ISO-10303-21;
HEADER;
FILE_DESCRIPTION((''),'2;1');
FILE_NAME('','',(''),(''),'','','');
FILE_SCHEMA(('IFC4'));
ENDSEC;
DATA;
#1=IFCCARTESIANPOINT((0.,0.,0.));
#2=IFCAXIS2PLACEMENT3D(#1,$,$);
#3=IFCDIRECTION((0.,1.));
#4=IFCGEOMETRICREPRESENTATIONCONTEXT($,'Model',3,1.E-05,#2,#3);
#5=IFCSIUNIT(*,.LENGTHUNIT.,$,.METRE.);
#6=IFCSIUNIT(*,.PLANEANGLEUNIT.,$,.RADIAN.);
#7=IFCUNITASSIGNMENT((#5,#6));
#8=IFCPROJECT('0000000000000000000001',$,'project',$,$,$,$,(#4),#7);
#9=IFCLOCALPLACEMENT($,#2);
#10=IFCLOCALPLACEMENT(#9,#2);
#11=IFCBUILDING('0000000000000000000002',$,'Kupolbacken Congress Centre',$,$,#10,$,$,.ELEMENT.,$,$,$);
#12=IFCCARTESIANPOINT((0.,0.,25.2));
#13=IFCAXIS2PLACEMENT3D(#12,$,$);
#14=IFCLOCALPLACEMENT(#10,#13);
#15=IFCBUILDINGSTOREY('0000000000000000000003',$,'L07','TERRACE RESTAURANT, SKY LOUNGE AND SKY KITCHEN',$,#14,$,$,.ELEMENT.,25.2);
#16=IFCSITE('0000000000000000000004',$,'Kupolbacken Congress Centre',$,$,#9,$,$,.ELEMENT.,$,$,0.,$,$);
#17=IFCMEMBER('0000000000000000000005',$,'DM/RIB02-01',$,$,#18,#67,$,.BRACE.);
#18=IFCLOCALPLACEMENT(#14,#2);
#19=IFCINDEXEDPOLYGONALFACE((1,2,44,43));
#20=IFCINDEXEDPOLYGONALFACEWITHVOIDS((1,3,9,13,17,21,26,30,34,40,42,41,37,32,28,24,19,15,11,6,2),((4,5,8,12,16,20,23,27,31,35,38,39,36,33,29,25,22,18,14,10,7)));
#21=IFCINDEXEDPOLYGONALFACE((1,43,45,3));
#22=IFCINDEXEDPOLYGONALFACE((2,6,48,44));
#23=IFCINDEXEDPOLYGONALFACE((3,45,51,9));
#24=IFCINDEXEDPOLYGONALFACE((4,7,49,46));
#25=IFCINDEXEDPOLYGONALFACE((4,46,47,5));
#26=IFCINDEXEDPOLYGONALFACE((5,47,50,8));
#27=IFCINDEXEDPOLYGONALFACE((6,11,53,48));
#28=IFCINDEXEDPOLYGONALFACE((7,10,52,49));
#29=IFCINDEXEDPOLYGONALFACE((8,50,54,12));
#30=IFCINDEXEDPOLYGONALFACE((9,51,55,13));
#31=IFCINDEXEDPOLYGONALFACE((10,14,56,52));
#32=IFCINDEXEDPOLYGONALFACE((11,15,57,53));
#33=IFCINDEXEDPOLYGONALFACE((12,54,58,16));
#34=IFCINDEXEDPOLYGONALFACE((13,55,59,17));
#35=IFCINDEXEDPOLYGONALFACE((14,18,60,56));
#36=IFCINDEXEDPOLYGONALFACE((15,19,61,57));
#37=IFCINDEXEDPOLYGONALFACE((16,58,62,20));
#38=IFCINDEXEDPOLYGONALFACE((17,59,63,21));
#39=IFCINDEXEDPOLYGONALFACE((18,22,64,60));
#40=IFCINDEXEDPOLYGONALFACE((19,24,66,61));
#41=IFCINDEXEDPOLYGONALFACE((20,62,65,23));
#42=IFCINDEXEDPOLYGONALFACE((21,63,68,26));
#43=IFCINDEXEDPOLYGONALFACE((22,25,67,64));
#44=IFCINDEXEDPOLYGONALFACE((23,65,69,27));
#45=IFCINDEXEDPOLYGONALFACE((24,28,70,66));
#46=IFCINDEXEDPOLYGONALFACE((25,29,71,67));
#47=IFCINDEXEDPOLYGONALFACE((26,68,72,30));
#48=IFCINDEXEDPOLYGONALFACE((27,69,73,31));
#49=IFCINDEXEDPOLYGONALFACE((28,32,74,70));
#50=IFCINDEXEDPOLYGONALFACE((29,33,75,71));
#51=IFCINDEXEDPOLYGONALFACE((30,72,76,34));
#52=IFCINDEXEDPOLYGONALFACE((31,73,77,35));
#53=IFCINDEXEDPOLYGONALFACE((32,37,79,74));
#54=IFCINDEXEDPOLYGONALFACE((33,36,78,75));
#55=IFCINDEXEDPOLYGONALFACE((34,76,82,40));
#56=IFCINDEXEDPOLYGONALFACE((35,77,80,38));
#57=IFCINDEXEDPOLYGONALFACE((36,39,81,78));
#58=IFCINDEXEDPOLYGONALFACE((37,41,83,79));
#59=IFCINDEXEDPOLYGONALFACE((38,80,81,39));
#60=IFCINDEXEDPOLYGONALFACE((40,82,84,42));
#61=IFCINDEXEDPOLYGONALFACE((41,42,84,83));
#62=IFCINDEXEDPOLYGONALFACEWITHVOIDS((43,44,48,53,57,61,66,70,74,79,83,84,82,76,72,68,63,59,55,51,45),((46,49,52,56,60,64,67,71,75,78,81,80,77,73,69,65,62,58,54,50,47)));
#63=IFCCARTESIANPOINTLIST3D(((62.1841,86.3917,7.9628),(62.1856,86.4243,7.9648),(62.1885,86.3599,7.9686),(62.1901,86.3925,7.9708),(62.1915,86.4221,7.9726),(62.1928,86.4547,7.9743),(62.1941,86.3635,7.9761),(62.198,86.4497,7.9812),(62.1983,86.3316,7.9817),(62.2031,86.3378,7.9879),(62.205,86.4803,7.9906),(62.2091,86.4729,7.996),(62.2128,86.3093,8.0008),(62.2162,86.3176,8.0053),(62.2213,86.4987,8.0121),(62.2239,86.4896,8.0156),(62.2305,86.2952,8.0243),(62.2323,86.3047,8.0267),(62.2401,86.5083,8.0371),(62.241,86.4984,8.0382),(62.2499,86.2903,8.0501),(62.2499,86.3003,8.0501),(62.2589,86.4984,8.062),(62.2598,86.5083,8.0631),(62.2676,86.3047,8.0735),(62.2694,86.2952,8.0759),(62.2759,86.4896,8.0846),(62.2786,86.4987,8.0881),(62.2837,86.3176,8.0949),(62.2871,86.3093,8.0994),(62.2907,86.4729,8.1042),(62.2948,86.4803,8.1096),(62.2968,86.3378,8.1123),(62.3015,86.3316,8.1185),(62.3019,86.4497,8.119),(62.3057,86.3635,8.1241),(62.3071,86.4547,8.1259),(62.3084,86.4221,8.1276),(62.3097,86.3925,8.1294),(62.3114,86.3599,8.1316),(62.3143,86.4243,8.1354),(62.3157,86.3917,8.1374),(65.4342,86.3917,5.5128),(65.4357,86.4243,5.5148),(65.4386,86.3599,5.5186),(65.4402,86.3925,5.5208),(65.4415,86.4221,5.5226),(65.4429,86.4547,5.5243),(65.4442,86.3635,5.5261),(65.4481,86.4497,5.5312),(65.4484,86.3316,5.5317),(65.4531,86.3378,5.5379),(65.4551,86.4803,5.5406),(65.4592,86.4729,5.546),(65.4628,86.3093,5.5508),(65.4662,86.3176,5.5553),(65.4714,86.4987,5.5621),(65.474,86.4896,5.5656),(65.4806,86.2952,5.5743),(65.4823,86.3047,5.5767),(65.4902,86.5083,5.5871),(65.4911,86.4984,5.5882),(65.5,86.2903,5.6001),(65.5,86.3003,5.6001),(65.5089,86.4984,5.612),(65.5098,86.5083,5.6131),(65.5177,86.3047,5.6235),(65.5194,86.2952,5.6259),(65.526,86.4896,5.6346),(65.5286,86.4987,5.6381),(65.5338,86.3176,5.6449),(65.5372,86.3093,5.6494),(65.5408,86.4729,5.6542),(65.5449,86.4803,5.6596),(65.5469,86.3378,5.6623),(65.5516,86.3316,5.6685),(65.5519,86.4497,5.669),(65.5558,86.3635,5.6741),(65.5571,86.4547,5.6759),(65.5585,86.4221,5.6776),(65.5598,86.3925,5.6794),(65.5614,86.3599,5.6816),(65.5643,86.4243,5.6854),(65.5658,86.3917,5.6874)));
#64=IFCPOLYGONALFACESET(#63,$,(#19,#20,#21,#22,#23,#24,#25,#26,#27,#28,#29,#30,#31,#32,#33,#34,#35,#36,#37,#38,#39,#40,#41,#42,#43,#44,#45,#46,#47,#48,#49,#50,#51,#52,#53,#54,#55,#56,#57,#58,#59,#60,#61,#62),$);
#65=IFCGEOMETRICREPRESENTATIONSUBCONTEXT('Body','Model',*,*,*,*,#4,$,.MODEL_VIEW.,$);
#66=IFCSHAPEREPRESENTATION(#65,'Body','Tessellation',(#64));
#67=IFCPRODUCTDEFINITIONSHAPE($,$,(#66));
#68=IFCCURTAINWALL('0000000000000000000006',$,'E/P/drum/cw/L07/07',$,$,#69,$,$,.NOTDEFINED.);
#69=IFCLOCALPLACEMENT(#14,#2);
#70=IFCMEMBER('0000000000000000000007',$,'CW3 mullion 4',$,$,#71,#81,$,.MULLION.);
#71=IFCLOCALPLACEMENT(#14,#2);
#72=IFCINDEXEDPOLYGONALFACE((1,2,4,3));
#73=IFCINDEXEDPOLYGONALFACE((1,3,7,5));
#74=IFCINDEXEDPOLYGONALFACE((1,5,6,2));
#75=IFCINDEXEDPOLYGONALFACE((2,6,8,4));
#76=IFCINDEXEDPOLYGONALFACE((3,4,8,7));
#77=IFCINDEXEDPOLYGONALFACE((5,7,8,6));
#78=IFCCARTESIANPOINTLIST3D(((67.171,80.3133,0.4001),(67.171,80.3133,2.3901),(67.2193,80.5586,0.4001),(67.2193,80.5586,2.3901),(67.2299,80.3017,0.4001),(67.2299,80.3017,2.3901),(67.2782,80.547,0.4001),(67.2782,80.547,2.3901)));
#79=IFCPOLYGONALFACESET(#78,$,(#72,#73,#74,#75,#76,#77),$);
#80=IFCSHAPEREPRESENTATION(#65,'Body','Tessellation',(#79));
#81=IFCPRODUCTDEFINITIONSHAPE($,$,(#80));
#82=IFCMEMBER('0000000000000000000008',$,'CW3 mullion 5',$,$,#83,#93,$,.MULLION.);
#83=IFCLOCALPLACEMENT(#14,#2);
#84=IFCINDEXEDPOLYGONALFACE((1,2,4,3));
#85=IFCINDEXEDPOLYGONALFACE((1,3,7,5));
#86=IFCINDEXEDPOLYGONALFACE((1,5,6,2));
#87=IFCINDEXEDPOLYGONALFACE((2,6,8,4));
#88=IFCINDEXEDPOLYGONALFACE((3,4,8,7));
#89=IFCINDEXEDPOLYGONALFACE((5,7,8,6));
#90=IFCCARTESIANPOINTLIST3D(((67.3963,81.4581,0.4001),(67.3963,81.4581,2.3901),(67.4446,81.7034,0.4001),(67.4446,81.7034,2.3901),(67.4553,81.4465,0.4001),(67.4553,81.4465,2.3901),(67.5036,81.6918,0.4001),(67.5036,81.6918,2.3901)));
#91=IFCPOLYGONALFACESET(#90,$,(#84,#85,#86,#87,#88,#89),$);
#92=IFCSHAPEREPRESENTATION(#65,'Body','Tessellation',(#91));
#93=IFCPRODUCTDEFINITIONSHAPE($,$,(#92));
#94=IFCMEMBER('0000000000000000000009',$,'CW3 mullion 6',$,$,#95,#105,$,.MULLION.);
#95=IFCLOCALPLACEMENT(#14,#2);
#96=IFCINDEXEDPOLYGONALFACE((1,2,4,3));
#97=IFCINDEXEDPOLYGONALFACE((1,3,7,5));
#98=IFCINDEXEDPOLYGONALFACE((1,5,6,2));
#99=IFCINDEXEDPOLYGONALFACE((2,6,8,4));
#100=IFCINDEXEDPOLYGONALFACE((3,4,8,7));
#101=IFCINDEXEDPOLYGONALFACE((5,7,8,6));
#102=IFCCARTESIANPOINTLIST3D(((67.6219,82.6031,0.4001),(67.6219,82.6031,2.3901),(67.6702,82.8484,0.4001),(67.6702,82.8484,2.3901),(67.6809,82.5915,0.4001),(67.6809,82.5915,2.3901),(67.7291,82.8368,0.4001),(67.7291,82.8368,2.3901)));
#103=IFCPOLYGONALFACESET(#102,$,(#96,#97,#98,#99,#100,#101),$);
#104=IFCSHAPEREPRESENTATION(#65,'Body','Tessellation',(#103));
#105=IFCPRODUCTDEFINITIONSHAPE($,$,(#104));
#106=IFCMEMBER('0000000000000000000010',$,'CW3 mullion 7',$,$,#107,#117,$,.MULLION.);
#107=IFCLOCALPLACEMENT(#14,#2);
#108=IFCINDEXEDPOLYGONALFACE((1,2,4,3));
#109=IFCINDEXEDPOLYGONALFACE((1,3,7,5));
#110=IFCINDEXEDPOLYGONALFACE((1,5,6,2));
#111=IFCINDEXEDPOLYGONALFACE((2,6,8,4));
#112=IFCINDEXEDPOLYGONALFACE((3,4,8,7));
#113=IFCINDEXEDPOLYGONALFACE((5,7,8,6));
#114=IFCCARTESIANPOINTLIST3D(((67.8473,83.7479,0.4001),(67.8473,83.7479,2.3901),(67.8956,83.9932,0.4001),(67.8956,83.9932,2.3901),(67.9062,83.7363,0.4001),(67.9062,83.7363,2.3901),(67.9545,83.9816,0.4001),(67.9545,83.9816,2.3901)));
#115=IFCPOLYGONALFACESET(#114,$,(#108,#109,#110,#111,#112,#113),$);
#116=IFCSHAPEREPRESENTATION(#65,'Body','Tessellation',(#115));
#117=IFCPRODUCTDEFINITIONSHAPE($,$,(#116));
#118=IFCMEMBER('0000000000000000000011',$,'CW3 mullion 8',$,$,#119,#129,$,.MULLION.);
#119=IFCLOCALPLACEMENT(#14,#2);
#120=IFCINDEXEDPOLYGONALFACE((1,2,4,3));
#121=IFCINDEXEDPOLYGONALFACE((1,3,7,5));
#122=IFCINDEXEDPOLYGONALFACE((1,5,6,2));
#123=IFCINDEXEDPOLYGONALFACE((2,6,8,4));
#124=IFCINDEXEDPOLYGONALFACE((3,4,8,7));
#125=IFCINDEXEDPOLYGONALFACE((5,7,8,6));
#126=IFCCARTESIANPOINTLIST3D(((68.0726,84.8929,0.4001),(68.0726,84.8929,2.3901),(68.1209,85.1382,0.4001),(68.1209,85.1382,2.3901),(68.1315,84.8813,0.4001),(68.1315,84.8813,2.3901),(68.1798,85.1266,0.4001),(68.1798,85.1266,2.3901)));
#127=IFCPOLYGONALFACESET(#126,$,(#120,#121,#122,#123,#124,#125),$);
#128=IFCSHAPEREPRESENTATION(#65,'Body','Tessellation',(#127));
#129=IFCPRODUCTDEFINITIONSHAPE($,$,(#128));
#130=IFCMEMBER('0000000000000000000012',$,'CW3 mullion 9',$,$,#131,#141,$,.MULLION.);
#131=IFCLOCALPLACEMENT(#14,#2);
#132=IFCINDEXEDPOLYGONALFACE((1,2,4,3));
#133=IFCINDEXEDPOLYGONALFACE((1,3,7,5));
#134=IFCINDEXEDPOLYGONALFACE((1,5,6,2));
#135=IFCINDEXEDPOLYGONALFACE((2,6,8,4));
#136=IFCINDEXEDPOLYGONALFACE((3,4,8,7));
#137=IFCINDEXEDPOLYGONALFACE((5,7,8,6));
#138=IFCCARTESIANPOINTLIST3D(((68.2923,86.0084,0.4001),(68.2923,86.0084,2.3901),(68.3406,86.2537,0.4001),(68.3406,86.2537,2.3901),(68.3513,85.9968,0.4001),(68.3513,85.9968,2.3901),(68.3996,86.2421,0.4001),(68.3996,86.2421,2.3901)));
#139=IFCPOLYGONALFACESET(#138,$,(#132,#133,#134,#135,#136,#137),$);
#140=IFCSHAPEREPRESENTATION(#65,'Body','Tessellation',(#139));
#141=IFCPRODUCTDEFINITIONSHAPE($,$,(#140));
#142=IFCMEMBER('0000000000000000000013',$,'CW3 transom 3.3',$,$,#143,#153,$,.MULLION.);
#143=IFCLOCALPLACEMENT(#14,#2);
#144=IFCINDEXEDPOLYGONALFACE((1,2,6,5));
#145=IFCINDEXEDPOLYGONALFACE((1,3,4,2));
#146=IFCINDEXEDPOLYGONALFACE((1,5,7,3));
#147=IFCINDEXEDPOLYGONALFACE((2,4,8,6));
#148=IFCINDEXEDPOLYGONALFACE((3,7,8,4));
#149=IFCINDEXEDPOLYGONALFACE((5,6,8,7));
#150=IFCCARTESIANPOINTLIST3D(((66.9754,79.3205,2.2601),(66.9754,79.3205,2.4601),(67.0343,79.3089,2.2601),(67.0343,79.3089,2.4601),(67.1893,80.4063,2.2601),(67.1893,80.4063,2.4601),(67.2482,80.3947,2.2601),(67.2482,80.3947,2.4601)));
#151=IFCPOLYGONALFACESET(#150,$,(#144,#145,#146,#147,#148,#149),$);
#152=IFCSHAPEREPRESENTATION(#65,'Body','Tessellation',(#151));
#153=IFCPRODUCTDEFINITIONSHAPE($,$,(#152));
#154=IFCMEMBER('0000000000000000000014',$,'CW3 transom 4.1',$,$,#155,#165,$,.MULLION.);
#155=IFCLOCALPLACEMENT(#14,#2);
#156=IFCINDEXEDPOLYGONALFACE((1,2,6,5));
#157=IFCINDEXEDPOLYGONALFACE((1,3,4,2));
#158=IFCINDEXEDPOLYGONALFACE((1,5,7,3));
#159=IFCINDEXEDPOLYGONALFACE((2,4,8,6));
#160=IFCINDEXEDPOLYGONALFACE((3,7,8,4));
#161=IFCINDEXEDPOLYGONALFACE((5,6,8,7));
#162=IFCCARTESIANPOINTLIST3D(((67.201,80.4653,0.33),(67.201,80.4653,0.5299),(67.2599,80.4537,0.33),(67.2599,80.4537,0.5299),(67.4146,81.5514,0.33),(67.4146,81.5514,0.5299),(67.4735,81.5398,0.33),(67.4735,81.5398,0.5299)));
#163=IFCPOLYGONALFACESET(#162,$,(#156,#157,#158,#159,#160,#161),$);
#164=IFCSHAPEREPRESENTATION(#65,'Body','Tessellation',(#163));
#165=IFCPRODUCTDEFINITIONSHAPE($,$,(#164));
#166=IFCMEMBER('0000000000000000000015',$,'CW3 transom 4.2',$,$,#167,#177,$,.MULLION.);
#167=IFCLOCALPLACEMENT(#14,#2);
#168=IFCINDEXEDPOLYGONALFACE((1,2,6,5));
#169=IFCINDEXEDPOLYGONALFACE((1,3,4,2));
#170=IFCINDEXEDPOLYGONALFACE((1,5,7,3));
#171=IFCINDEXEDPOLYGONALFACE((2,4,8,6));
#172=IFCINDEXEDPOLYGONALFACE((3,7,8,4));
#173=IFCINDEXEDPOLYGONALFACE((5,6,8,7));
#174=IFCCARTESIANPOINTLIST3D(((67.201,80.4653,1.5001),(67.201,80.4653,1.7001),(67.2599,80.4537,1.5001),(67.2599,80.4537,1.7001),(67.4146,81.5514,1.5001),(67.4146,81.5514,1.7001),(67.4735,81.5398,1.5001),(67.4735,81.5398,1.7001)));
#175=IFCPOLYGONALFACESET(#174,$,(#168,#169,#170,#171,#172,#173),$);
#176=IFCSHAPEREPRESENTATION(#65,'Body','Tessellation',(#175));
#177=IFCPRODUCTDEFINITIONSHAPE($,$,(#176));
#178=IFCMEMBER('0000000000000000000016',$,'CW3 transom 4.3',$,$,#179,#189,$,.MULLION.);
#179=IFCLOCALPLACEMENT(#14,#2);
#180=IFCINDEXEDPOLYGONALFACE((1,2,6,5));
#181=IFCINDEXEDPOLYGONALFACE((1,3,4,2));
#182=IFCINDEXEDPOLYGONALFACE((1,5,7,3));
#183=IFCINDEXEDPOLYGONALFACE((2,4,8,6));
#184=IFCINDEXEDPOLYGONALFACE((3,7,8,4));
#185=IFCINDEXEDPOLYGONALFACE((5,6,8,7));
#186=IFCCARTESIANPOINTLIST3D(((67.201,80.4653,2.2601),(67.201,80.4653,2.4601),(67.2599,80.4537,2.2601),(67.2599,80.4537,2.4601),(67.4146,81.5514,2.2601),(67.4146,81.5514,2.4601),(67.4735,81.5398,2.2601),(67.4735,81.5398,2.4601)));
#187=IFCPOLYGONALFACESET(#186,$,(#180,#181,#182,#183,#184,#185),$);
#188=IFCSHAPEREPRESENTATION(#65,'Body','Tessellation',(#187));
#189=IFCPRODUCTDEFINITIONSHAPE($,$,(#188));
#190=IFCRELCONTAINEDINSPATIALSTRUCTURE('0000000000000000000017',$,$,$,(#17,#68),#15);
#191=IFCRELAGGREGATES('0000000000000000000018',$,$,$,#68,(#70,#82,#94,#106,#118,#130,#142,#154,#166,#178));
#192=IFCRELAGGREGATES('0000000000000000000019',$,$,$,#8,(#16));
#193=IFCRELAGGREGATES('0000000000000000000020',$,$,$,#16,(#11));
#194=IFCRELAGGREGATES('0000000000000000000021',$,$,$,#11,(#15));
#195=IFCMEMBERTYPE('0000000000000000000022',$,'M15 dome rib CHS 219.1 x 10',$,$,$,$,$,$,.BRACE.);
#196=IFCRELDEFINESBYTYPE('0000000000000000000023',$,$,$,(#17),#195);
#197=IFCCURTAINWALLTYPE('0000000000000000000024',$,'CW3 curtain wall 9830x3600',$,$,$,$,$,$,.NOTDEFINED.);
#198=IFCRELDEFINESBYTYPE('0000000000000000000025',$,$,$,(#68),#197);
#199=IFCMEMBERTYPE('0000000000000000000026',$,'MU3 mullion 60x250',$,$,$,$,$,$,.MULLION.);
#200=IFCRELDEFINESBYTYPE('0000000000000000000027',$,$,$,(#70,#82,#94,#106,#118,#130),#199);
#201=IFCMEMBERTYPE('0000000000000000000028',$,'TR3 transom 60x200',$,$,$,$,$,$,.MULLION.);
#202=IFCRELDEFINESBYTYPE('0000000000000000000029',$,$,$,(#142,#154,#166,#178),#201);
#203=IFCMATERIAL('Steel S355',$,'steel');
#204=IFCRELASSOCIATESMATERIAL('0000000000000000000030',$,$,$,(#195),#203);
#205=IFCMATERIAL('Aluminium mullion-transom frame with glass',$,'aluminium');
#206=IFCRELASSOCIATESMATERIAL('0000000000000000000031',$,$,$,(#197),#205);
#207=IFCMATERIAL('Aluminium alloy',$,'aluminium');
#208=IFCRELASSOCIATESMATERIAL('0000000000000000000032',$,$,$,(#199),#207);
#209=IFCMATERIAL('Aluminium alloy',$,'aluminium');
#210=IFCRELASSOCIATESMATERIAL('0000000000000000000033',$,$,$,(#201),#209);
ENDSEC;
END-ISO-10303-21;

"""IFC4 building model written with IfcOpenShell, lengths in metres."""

from ifc_helpers import new_model, si_unit, direction, frame, origin, origin_2d, place, context, subcontext, project, spatial, rectangle, hollow_circle, extrude, material, material_profile, profile_set, type_object, element, aggregate, save


model = new_model("IFC4")

# Units and contexts
model_context = context("Model", 3, precision=1e-05, world=origin(), true_north=direction((0.0, 1.0)))
body_context = subcontext(model_context, "Body", "Model", "MODEL_VIEW")
ifc_project = project(units=[si_unit("LENGTHUNIT", "METRE"), si_unit("PLANEANGLEUNIT", "RADIAN")], contexts=[model_context])

# Site, building, storey
site_placement = place(None, origin())
site = spatial("IfcSite", under=ifc_project, at=site_placement, Name="Kupolbacken Congress Centre", CompositionType="ELEMENT", RefElevation=0.0)
building_placement = place(site_placement, origin())
building = spatial("IfcBuilding", under=site, at=building_placement, Name="Kupolbacken Congress Centre", CompositionType="ELEMENT")
storey_placement = place(building_placement, frame((0.0, 0.0, 25.2)))
storey = spatial("IfcBuildingStorey", under=building, at=storey_placement, Name="L07", Description="TERRACE RESTAURANT, SKY LOUNGE AND SKY KITCHEN", CompositionType="ELEMENT", Elevation=25.2)

# Member
ifc_material_1 = material(Name="Steel S355", Category="steel")
ifc_material_profile_1 = material_profile(ifc_material_1, hollow_circle(Radius=0.1096, WallThickness=0.01, at=origin_2d()), Name="CHS 219.1 x 10")
ifc_profile_set_1 = profile_set([ifc_material_profile_1], Name="Steel S355")
member_type_1 = type_object("IfcMemberType", Name="M15 dome rib CHS 219.1 x 10", PredefinedType="BRACE", material=ifc_profile_set_1)
member_1_placement = place(storey_placement, frame((65.5, 86.3999, 5.6001), z_axis=(-0.798529, 0.0, 0.601956), x_axis=(0.0, -1.0, 0.0)))
element("IfcMember", 1, at=member_1_placement, inside=storey, type_object=member_type_1, Name="DM/RIB02-01", PredefinedType="BRACE", context=body_context, shape_type="SweptSolid", body=[
    extrude(hollow_circle(Radius=0.1096, WallThickness=0.01, at=origin_2d()), origin(), (0.0, 0.0, 1.0), 4.0701),
])

# Curtain wall, members
ifc_material_2 = material(Name="Aluminium mullion-transom frame with glass", Category="aluminium")
curtain_wall_type = type_object("IfcCurtainWallType", Name="CW3 curtain wall 9830x3600", PredefinedType="NOTDEFINED", material=ifc_material_2)
curtain_wall_placement = place(storey_placement, origin())
curtain_wall = element("IfcCurtainWall", 2, at=curtain_wall_placement, inside=storey, type_object=curtain_wall_type, Name="E/P/drum/cw/L07/07", PredefinedType="NOTDEFINED")
ifc_material_3 = material(Name="Aluminium alloy", Category="aluminium")
ifc_material_profile_2 = material_profile(ifc_material_3, rectangle(XDim=0.0601, YDim=0.25, at=origin_2d()), Name="60 x 250")
ifc_profile_set_2 = profile_set([ifc_material_profile_2], Name="Aluminium alloy")
member_type_2 = type_object("IfcMemberType", Name="MU3 mullion 60x250", PredefinedType="MULLION", material=ifc_profile_set_2)
member_2_placement = place(storey_placement, frame((67.2246, 80.4302, 0.4001), z_axis=(0.0, 0.0, 1.0), x_axis=(-0.981163, 0.193182, 0.0)))
member_2 = element("IfcMember", 3, at=member_2_placement, type_object=member_type_2, Name="CW3 mullion 4", PredefinedType="MULLION", context=body_context, shape_type="SweptSolid", body=[
    extrude(rectangle(XDim=0.0601, YDim=0.25, at=origin_2d()), origin(), (0.0, 0.0, 1.0), 1.99),
])
member_3_placement = place(storey_placement, frame((67.45, 81.575, 0.4001), z_axis=(0.0, 0.0, 1.0), x_axis=(-0.981163, 0.193182, 0.0)))
member_3 = element("IfcMember", 4, at=member_3_placement, type_object=member_type_2, Name="CW3 mullion 5", PredefinedType="MULLION", context=body_context, shape_type="SweptSolid", body=[
    extrude(rectangle(XDim=0.0601, YDim=0.25, at=origin_2d()), origin(), (0.0, 0.0, 1.0), 1.99),
])
member_4_placement = place(storey_placement, frame((67.6755, 82.72, 0.4001), z_axis=(0.0, 0.0, 1.0), x_axis=(-0.981163, 0.193182, 0.0)))
member_4 = element("IfcMember", 5, at=member_4_placement, type_object=member_type_2, Name="CW3 mullion 6", PredefinedType="MULLION", context=body_context, shape_type="SweptSolid", body=[
    extrude(rectangle(XDim=0.0601, YDim=0.25, at=origin_2d()), origin(), (0.0, 0.0, 1.0), 1.99),
])
member_5_placement = place(storey_placement, frame((67.9009, 83.8647, 0.4001), z_axis=(0.0, 0.0, 1.0), x_axis=(-0.981163, 0.193182, 0.0)))
member_5 = element("IfcMember", 6, at=member_5_placement, type_object=member_type_2, Name="CW3 mullion 7", PredefinedType="MULLION", context=body_context, shape_type="SweptSolid", body=[
    extrude(rectangle(XDim=0.0601, YDim=0.25, at=origin_2d()), origin(), (0.0, 0.0, 1.0), 1.99),
])
member_6_placement = place(storey_placement, frame((68.1262, 85.0098, 0.4001), z_axis=(0.0, 0.0, 1.0), x_axis=(-0.981163, 0.193182, 0.0)))
member_6 = element("IfcMember", 7, at=member_6_placement, type_object=member_type_2, Name="CW3 mullion 8", PredefinedType="MULLION", context=body_context, shape_type="SweptSolid", body=[
    extrude(rectangle(XDim=0.0601, YDim=0.25, at=origin_2d()), origin(), (0.0, 0.0, 1.0), 1.99),
])
member_7_placement = place(storey_placement, frame((68.3459, 86.1252, 0.4001), z_axis=(0.0, 0.0, 1.0), x_axis=(-0.981163, 0.193182, 0.0)))
member_7 = element("IfcMember", 8, at=member_7_placement, type_object=member_type_2, Name="CW3 mullion 9", PredefinedType="MULLION", context=body_context, shape_type="SweptSolid", body=[
    extrude(rectangle(XDim=0.0601, YDim=0.25, at=origin_2d()), origin(), (0.0, 0.0, 1.0), 1.99),
])
ifc_material_4 = material(Name="Aluminium alloy", Category="aluminium")
ifc_material_profile_3 = material_profile(ifc_material_4, rectangle(XDim=0.0601, YDim=0.2, at=origin_2d()), Name="60 x 200")
ifc_profile_set_3 = profile_set([ifc_material_profile_3], Name="Aluminium alloy")
member_type_3 = type_object("IfcMemberType", Name="TR3 transom 60x200", PredefinedType="MULLION", material=ifc_profile_set_3)
member_8_placement = place(storey_placement, frame((67.0049, 79.3147, 2.3601), z_axis=(0.193231, 0.981153, 0.0), x_axis=(-0.981153, 0.193231, 0.0)))
member_8 = element("IfcMember", 9, at=member_8_placement, type_object=member_type_3, Name="CW3 transom 3.3", PredefinedType="MULLION", context=body_context, shape_type="SweptSolid", body=[
    extrude(rectangle(XDim=0.0601, YDim=0.2, at=origin_2d()), origin(), (0.0, 0.0, 1.0), 1.1067),
])
member_9_placement = place(storey_placement, frame((67.2305, 80.4595, 0.4299), z_axis=(0.192977, 0.981203, 0.0), x_axis=(-0.981203, 0.192977, 0.0)))
member_9 = element("IfcMember", 10, at=member_9_placement, type_object=member_type_3, Name="CW3 transom 4.1", PredefinedType="MULLION", context=body_context, shape_type="SweptSolid", body=[
    extrude(rectangle(XDim=0.0601, YDim=0.2, at=origin_2d()), origin(), (0.0, 0.0, 1.0), 1.1069),
])
member_10_placement = place(storey_placement, frame((67.2305, 80.4595, 1.6001), z_axis=(0.192977, 0.981203, 0.0), x_axis=(-0.981203, 0.192977, 0.0)))
member_10 = element("IfcMember", 11, at=member_10_placement, type_object=member_type_3, Name="CW3 transom 4.2", PredefinedType="MULLION", context=body_context, shape_type="SweptSolid", body=[
    extrude(rectangle(XDim=0.0601, YDim=0.2, at=origin_2d()), origin(), (0.0, 0.0, 1.0), 1.1069),
])
member_11_placement = place(storey_placement, frame((67.2305, 80.4595, 2.3601), z_axis=(0.192977, 0.981203, 0.0), x_axis=(-0.981203, 0.192977, 0.0)))
member_11 = element("IfcMember", 12, at=member_11_placement, type_object=member_type_3, Name="CW3 transom 4.3", PredefinedType="MULLION", context=body_context, shape_type="SweptSolid", body=[
    extrude(rectangle(XDim=0.0601, YDim=0.2, at=origin_2d()), origin(), (0.0, 0.0, 1.0), 1.1069),
])
aggregate(curtain_wall, [member_2, member_3, member_4, member_5, member_6, member_7, member_8, member_9, member_10, member_11])

save(model, "model.ifc")
